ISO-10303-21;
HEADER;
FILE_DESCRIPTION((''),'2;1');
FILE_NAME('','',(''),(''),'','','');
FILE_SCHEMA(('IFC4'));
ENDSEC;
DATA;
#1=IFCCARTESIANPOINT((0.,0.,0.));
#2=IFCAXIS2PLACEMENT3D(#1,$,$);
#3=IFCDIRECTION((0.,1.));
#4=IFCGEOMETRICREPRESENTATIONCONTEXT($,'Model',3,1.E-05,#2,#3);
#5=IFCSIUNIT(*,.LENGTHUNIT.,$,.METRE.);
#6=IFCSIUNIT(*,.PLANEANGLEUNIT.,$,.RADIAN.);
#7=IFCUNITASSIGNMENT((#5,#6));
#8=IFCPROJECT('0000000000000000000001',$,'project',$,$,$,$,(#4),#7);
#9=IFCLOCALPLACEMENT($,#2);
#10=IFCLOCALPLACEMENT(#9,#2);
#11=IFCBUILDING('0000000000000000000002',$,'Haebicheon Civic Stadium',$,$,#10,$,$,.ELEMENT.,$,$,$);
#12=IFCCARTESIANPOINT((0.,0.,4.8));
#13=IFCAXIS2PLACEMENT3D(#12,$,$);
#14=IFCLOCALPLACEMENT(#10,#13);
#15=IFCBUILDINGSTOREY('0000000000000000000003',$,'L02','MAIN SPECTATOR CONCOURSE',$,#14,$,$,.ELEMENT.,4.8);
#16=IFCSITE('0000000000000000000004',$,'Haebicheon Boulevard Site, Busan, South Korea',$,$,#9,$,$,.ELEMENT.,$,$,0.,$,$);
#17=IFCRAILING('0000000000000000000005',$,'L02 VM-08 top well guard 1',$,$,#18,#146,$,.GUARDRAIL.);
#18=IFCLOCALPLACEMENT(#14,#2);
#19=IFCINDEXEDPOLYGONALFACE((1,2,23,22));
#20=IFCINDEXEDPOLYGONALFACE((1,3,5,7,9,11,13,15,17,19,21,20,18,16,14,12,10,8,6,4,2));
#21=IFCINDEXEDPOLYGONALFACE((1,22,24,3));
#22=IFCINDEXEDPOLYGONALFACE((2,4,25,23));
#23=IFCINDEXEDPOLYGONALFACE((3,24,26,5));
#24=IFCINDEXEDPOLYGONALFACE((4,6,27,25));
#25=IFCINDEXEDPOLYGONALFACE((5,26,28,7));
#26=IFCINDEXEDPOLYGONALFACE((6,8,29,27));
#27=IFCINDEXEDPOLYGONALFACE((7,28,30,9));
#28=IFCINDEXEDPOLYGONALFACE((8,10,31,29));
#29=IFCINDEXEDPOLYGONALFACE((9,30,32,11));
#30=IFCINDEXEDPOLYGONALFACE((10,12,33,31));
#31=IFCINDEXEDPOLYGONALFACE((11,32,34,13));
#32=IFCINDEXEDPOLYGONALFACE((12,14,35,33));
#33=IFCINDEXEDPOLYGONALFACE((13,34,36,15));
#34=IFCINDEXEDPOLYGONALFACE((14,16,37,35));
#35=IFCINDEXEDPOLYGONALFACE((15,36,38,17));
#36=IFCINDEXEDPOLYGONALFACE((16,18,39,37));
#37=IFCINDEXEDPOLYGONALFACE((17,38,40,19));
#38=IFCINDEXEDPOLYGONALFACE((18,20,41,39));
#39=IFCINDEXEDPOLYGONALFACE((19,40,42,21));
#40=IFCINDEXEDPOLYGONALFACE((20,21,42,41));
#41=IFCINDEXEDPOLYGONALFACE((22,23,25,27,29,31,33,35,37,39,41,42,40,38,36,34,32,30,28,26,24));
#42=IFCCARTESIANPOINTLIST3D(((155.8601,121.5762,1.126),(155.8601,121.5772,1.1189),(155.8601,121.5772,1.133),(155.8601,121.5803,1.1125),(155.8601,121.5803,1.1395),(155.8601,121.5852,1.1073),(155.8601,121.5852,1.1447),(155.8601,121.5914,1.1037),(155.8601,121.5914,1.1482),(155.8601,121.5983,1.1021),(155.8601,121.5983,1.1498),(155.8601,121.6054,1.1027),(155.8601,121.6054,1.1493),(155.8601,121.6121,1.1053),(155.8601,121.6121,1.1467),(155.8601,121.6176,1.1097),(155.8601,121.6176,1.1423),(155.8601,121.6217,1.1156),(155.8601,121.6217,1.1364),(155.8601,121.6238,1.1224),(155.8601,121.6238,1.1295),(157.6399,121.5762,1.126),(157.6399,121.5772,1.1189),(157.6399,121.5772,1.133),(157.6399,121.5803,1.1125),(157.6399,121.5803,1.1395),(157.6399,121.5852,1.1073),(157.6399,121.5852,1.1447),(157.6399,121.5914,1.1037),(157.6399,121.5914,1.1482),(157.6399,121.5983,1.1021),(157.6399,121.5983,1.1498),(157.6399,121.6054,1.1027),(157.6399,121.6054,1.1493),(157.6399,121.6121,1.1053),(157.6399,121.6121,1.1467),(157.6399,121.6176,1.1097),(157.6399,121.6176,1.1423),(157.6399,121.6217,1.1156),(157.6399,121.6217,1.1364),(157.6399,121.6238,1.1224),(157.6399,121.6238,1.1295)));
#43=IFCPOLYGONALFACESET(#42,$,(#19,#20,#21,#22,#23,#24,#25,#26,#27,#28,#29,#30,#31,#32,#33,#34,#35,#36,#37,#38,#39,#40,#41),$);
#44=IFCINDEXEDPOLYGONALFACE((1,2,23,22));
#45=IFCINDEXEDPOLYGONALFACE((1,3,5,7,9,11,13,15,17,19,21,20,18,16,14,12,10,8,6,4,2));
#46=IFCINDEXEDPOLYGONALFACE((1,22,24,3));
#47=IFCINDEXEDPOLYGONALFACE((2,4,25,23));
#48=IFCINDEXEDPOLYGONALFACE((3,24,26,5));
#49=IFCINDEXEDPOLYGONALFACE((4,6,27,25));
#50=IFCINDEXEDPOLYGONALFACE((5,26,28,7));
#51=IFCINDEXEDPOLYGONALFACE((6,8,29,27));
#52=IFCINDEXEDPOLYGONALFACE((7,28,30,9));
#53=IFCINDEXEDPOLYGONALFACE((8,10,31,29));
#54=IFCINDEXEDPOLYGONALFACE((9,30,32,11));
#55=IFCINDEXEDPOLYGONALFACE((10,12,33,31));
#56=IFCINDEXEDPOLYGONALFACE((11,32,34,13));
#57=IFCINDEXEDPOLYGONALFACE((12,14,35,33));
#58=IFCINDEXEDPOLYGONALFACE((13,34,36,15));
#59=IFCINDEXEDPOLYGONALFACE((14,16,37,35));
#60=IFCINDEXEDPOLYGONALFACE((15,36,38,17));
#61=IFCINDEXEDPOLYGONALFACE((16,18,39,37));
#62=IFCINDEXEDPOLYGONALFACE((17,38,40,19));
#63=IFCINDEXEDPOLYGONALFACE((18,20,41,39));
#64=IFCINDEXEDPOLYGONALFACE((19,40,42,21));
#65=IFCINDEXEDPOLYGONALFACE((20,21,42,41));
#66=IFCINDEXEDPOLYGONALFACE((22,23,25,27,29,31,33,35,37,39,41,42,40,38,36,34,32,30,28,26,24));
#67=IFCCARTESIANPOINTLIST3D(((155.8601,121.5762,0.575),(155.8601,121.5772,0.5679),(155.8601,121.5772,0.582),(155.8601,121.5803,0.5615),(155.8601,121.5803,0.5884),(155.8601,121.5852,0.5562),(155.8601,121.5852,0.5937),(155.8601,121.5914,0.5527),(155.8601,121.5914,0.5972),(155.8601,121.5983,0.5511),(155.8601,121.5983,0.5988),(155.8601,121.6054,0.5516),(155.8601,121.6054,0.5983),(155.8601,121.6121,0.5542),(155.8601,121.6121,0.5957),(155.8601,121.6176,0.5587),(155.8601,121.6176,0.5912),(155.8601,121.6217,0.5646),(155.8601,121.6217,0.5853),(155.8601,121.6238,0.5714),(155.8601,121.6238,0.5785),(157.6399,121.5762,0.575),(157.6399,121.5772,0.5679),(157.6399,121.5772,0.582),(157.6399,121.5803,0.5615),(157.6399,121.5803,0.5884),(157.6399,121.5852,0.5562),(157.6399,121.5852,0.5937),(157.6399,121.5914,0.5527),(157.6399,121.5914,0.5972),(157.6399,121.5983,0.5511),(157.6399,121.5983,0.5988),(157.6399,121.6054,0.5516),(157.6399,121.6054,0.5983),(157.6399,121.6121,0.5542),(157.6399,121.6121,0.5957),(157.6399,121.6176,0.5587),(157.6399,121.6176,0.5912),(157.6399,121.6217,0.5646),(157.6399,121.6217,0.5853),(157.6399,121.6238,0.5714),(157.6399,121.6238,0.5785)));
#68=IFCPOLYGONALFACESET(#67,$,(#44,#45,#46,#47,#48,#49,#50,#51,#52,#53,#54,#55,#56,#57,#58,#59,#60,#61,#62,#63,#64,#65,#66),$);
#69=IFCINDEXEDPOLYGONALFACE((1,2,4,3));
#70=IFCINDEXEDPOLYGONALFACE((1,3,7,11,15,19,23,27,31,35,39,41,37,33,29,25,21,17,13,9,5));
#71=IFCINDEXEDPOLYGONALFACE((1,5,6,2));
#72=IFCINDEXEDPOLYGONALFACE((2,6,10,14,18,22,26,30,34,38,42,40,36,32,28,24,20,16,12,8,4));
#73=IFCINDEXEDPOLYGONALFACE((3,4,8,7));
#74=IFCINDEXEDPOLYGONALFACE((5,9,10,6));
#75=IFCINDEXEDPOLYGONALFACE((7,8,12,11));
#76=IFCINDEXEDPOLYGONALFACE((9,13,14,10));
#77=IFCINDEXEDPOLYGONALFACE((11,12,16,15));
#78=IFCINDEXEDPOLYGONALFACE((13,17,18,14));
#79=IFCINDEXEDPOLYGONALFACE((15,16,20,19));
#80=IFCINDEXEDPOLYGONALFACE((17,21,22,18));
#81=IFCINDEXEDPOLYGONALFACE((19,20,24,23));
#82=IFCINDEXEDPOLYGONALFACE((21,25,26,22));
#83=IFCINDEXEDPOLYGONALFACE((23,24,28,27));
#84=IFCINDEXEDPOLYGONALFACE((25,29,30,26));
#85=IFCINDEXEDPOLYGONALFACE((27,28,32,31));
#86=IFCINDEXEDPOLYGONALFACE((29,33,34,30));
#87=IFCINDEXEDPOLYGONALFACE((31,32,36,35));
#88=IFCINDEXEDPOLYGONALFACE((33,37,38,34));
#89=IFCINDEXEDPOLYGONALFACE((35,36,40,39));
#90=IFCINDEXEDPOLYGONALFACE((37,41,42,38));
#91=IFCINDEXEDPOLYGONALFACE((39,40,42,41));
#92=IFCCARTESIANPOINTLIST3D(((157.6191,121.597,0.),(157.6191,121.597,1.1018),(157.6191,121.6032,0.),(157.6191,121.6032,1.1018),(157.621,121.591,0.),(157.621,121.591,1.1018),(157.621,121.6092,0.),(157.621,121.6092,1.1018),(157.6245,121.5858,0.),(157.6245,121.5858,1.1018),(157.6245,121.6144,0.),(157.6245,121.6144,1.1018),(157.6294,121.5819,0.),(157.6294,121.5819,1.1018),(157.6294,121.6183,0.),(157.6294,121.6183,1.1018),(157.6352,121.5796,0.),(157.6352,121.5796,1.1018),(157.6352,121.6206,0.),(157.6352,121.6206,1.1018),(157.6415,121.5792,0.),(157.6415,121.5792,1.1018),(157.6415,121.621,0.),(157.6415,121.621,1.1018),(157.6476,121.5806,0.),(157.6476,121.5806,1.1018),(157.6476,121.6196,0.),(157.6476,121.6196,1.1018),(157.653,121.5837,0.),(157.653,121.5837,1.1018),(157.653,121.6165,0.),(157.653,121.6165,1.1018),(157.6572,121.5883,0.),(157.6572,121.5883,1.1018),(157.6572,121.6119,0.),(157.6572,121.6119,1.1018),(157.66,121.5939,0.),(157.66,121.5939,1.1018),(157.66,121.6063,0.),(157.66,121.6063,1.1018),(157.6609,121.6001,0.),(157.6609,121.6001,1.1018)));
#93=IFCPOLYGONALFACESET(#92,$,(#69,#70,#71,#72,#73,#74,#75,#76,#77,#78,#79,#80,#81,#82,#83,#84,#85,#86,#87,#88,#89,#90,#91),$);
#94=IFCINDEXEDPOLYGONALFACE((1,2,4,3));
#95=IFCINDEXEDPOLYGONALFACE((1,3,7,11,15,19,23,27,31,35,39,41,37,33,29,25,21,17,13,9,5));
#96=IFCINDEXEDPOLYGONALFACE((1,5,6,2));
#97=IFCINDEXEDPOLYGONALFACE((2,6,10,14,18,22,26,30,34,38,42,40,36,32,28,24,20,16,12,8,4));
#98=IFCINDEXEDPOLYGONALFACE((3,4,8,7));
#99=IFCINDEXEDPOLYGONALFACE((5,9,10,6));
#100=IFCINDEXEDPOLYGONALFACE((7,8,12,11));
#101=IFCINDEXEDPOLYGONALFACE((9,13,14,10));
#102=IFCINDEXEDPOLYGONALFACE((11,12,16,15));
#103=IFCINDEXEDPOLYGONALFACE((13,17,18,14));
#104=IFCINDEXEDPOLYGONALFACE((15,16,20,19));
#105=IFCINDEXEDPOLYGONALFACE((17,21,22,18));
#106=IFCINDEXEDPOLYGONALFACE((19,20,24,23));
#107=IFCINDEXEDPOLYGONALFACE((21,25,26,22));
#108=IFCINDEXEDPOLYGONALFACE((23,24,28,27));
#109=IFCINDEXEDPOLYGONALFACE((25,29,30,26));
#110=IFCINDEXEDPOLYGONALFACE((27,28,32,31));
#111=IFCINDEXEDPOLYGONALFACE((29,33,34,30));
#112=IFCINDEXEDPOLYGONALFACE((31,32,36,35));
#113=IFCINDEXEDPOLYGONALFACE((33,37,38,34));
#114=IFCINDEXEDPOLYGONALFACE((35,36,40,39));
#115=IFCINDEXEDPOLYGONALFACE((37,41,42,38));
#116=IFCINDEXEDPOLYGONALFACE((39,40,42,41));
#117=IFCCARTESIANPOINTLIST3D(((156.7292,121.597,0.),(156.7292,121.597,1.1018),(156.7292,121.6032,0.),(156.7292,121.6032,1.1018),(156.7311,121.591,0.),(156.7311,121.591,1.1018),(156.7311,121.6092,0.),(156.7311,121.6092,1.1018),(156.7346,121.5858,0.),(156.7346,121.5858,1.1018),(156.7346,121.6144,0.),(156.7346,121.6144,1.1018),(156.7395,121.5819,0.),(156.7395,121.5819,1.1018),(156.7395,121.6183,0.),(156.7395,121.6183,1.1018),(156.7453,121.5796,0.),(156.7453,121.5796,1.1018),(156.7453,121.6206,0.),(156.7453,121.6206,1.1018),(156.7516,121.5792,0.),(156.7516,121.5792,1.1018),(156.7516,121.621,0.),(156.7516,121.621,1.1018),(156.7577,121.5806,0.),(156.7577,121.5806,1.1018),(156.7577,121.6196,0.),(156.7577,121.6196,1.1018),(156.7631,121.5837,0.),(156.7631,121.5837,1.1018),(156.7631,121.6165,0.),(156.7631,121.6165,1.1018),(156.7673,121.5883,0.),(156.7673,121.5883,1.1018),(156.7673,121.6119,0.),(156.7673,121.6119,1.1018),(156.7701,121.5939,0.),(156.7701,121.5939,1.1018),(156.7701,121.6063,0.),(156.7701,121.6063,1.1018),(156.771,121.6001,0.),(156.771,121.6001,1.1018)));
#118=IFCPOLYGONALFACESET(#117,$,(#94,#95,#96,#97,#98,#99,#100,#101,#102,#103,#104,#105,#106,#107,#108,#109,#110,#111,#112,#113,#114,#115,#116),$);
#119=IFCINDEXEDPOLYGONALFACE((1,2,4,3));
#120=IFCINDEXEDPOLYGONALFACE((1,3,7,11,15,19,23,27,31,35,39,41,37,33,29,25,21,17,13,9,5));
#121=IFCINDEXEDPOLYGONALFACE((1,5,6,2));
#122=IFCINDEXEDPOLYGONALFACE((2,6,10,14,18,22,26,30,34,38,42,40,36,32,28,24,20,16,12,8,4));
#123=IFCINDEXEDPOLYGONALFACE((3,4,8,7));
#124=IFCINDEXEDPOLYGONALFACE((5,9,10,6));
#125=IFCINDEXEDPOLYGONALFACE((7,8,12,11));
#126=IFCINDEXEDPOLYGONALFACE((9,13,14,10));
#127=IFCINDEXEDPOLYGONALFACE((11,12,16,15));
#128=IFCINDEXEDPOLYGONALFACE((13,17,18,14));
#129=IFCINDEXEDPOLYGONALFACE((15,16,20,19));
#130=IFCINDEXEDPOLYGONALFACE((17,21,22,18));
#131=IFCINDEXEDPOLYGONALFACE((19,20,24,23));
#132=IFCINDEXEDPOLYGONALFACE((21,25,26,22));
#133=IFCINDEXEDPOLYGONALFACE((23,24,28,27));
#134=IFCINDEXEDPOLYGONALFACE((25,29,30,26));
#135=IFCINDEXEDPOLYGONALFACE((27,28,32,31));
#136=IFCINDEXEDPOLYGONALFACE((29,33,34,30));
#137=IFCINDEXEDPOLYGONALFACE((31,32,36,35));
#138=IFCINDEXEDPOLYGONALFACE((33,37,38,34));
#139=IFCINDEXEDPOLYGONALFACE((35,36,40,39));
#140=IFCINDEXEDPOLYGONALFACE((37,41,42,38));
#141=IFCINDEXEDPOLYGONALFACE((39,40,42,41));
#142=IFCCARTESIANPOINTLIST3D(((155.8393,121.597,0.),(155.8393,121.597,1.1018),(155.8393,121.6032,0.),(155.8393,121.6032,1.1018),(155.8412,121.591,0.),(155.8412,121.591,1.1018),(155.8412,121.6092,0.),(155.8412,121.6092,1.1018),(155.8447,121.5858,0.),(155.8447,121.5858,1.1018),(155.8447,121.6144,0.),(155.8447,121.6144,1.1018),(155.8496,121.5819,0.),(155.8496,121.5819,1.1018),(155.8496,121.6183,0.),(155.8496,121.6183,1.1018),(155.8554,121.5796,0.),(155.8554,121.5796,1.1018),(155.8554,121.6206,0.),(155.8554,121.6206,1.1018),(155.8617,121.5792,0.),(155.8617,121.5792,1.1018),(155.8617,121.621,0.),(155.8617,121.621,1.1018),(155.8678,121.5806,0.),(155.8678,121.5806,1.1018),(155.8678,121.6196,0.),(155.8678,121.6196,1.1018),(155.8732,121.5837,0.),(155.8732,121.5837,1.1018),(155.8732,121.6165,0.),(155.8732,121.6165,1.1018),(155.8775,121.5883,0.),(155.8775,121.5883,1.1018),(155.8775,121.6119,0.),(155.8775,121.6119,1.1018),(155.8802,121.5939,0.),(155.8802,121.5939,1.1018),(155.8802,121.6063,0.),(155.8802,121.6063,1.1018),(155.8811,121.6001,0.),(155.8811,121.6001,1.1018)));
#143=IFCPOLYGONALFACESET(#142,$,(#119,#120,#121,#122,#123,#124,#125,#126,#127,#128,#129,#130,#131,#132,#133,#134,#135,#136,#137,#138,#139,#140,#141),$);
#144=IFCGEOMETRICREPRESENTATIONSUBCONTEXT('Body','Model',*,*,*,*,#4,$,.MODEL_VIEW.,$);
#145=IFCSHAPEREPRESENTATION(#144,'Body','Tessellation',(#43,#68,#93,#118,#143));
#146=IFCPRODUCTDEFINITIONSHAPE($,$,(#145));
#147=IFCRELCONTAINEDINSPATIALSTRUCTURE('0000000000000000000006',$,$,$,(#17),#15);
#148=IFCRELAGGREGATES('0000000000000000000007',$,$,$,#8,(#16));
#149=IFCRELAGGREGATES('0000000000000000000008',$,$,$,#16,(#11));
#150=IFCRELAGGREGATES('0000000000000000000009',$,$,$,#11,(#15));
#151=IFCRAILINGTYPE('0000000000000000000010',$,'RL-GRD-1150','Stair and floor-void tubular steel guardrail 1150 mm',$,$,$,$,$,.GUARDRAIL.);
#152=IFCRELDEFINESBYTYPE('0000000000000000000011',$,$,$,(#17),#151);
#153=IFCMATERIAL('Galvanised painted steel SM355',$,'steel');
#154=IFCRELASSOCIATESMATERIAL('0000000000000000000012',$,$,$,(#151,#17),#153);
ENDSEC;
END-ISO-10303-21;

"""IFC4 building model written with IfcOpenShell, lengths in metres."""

from ifc_helpers import new_model, si_unit, direction, frame, origin, origin_2d, place, context, subcontext, project, spatial, circle, extrude, material, type_object, element, save


model = new_model("IFC4")

# Units and contexts
model_context = context("Model", 3, precision=1e-05, world=origin(), true_north=direction((0.0, 1.0)))
body_context = subcontext(model_context, "Body", "Model", "MODEL_VIEW")
ifc_project = project(units=[si_unit("LENGTHUNIT", "METRE"), si_unit("PLANEANGLEUNIT", "RADIAN")], contexts=[model_context])

# Site, building, storey
site_placement = place(None, origin())
site = spatial("IfcSite", under=ifc_project, at=site_placement, Name="Haebicheon Boulevard Site, Busan, South Korea", CompositionType="ELEMENT", RefElevation=0.0)
building_placement = place(site_placement, origin())
building = spatial("IfcBuilding", under=site, at=building_placement, Name="Haebicheon Civic Stadium", CompositionType="ELEMENT")
storey_placement = place(building_placement, frame((0.0, 0.0, 4.8)))
storey = spatial("IfcBuildingStorey", under=building, at=storey_placement, Name="L02", Description="MAIN SPECTATOR CONCOURSE", CompositionType="ELEMENT", Elevation=4.8)

# Railing
ifc_material_1 = material(Name="Galvanised painted steel SM355", Category="steel")
railing_type_1 = type_object("IfcRailingType", Name="RL-GRD-1150", Description="Stair and floor-void tubular steel guardrail 1150 mm", PredefinedType="GUARDRAIL", material=ifc_material_1)
railing_1_placement = place(storey_placement, frame((157.6399, 121.6001, 0.0)))
element("IfcRailing", 1, at=railing_1_placement, inside=storey, type_object=railing_type_1, material=ifc_material_1, Name="L02 VM-08 top well guard 1", PredefinedType="GUARDRAIL", context=body_context, shape_type="SweptSolid", body=[
    extrude(circle(Radius=0.0239, at=origin_2d()), frame((0.0, 0.0, 1.126), z_axis=(-1.0, 0.0, 0.0), x_axis=(0.0, -1.0, 0.0)), (0.0, 0.0, 1.0), 1.7798),
    extrude(circle(Radius=0.0239, at=origin_2d()), frame((0.0, 0.0, 0.575), z_axis=(-1.0, 0.0, 0.0), x_axis=(0.0, -1.0, 0.0)), (0.0, 0.0, 1.0), 1.7798),
    extrude(circle(Radius=0.021, at=origin_2d()), origin(), (0.0, 0.0, 1.0), 1.1018),
    extrude(circle(Radius=0.021, at=origin_2d()), frame((-0.8899, 0.0, 0.0)), (0.0, 0.0, 1.0), 1.1018),
    extrude(circle(Radius=0.021, at=origin_2d()), frame((-1.7798, 0.0, 0.0)), (0.0, 0.0, 1.0), 1.1018),
])

save(model, "model.ifc")
